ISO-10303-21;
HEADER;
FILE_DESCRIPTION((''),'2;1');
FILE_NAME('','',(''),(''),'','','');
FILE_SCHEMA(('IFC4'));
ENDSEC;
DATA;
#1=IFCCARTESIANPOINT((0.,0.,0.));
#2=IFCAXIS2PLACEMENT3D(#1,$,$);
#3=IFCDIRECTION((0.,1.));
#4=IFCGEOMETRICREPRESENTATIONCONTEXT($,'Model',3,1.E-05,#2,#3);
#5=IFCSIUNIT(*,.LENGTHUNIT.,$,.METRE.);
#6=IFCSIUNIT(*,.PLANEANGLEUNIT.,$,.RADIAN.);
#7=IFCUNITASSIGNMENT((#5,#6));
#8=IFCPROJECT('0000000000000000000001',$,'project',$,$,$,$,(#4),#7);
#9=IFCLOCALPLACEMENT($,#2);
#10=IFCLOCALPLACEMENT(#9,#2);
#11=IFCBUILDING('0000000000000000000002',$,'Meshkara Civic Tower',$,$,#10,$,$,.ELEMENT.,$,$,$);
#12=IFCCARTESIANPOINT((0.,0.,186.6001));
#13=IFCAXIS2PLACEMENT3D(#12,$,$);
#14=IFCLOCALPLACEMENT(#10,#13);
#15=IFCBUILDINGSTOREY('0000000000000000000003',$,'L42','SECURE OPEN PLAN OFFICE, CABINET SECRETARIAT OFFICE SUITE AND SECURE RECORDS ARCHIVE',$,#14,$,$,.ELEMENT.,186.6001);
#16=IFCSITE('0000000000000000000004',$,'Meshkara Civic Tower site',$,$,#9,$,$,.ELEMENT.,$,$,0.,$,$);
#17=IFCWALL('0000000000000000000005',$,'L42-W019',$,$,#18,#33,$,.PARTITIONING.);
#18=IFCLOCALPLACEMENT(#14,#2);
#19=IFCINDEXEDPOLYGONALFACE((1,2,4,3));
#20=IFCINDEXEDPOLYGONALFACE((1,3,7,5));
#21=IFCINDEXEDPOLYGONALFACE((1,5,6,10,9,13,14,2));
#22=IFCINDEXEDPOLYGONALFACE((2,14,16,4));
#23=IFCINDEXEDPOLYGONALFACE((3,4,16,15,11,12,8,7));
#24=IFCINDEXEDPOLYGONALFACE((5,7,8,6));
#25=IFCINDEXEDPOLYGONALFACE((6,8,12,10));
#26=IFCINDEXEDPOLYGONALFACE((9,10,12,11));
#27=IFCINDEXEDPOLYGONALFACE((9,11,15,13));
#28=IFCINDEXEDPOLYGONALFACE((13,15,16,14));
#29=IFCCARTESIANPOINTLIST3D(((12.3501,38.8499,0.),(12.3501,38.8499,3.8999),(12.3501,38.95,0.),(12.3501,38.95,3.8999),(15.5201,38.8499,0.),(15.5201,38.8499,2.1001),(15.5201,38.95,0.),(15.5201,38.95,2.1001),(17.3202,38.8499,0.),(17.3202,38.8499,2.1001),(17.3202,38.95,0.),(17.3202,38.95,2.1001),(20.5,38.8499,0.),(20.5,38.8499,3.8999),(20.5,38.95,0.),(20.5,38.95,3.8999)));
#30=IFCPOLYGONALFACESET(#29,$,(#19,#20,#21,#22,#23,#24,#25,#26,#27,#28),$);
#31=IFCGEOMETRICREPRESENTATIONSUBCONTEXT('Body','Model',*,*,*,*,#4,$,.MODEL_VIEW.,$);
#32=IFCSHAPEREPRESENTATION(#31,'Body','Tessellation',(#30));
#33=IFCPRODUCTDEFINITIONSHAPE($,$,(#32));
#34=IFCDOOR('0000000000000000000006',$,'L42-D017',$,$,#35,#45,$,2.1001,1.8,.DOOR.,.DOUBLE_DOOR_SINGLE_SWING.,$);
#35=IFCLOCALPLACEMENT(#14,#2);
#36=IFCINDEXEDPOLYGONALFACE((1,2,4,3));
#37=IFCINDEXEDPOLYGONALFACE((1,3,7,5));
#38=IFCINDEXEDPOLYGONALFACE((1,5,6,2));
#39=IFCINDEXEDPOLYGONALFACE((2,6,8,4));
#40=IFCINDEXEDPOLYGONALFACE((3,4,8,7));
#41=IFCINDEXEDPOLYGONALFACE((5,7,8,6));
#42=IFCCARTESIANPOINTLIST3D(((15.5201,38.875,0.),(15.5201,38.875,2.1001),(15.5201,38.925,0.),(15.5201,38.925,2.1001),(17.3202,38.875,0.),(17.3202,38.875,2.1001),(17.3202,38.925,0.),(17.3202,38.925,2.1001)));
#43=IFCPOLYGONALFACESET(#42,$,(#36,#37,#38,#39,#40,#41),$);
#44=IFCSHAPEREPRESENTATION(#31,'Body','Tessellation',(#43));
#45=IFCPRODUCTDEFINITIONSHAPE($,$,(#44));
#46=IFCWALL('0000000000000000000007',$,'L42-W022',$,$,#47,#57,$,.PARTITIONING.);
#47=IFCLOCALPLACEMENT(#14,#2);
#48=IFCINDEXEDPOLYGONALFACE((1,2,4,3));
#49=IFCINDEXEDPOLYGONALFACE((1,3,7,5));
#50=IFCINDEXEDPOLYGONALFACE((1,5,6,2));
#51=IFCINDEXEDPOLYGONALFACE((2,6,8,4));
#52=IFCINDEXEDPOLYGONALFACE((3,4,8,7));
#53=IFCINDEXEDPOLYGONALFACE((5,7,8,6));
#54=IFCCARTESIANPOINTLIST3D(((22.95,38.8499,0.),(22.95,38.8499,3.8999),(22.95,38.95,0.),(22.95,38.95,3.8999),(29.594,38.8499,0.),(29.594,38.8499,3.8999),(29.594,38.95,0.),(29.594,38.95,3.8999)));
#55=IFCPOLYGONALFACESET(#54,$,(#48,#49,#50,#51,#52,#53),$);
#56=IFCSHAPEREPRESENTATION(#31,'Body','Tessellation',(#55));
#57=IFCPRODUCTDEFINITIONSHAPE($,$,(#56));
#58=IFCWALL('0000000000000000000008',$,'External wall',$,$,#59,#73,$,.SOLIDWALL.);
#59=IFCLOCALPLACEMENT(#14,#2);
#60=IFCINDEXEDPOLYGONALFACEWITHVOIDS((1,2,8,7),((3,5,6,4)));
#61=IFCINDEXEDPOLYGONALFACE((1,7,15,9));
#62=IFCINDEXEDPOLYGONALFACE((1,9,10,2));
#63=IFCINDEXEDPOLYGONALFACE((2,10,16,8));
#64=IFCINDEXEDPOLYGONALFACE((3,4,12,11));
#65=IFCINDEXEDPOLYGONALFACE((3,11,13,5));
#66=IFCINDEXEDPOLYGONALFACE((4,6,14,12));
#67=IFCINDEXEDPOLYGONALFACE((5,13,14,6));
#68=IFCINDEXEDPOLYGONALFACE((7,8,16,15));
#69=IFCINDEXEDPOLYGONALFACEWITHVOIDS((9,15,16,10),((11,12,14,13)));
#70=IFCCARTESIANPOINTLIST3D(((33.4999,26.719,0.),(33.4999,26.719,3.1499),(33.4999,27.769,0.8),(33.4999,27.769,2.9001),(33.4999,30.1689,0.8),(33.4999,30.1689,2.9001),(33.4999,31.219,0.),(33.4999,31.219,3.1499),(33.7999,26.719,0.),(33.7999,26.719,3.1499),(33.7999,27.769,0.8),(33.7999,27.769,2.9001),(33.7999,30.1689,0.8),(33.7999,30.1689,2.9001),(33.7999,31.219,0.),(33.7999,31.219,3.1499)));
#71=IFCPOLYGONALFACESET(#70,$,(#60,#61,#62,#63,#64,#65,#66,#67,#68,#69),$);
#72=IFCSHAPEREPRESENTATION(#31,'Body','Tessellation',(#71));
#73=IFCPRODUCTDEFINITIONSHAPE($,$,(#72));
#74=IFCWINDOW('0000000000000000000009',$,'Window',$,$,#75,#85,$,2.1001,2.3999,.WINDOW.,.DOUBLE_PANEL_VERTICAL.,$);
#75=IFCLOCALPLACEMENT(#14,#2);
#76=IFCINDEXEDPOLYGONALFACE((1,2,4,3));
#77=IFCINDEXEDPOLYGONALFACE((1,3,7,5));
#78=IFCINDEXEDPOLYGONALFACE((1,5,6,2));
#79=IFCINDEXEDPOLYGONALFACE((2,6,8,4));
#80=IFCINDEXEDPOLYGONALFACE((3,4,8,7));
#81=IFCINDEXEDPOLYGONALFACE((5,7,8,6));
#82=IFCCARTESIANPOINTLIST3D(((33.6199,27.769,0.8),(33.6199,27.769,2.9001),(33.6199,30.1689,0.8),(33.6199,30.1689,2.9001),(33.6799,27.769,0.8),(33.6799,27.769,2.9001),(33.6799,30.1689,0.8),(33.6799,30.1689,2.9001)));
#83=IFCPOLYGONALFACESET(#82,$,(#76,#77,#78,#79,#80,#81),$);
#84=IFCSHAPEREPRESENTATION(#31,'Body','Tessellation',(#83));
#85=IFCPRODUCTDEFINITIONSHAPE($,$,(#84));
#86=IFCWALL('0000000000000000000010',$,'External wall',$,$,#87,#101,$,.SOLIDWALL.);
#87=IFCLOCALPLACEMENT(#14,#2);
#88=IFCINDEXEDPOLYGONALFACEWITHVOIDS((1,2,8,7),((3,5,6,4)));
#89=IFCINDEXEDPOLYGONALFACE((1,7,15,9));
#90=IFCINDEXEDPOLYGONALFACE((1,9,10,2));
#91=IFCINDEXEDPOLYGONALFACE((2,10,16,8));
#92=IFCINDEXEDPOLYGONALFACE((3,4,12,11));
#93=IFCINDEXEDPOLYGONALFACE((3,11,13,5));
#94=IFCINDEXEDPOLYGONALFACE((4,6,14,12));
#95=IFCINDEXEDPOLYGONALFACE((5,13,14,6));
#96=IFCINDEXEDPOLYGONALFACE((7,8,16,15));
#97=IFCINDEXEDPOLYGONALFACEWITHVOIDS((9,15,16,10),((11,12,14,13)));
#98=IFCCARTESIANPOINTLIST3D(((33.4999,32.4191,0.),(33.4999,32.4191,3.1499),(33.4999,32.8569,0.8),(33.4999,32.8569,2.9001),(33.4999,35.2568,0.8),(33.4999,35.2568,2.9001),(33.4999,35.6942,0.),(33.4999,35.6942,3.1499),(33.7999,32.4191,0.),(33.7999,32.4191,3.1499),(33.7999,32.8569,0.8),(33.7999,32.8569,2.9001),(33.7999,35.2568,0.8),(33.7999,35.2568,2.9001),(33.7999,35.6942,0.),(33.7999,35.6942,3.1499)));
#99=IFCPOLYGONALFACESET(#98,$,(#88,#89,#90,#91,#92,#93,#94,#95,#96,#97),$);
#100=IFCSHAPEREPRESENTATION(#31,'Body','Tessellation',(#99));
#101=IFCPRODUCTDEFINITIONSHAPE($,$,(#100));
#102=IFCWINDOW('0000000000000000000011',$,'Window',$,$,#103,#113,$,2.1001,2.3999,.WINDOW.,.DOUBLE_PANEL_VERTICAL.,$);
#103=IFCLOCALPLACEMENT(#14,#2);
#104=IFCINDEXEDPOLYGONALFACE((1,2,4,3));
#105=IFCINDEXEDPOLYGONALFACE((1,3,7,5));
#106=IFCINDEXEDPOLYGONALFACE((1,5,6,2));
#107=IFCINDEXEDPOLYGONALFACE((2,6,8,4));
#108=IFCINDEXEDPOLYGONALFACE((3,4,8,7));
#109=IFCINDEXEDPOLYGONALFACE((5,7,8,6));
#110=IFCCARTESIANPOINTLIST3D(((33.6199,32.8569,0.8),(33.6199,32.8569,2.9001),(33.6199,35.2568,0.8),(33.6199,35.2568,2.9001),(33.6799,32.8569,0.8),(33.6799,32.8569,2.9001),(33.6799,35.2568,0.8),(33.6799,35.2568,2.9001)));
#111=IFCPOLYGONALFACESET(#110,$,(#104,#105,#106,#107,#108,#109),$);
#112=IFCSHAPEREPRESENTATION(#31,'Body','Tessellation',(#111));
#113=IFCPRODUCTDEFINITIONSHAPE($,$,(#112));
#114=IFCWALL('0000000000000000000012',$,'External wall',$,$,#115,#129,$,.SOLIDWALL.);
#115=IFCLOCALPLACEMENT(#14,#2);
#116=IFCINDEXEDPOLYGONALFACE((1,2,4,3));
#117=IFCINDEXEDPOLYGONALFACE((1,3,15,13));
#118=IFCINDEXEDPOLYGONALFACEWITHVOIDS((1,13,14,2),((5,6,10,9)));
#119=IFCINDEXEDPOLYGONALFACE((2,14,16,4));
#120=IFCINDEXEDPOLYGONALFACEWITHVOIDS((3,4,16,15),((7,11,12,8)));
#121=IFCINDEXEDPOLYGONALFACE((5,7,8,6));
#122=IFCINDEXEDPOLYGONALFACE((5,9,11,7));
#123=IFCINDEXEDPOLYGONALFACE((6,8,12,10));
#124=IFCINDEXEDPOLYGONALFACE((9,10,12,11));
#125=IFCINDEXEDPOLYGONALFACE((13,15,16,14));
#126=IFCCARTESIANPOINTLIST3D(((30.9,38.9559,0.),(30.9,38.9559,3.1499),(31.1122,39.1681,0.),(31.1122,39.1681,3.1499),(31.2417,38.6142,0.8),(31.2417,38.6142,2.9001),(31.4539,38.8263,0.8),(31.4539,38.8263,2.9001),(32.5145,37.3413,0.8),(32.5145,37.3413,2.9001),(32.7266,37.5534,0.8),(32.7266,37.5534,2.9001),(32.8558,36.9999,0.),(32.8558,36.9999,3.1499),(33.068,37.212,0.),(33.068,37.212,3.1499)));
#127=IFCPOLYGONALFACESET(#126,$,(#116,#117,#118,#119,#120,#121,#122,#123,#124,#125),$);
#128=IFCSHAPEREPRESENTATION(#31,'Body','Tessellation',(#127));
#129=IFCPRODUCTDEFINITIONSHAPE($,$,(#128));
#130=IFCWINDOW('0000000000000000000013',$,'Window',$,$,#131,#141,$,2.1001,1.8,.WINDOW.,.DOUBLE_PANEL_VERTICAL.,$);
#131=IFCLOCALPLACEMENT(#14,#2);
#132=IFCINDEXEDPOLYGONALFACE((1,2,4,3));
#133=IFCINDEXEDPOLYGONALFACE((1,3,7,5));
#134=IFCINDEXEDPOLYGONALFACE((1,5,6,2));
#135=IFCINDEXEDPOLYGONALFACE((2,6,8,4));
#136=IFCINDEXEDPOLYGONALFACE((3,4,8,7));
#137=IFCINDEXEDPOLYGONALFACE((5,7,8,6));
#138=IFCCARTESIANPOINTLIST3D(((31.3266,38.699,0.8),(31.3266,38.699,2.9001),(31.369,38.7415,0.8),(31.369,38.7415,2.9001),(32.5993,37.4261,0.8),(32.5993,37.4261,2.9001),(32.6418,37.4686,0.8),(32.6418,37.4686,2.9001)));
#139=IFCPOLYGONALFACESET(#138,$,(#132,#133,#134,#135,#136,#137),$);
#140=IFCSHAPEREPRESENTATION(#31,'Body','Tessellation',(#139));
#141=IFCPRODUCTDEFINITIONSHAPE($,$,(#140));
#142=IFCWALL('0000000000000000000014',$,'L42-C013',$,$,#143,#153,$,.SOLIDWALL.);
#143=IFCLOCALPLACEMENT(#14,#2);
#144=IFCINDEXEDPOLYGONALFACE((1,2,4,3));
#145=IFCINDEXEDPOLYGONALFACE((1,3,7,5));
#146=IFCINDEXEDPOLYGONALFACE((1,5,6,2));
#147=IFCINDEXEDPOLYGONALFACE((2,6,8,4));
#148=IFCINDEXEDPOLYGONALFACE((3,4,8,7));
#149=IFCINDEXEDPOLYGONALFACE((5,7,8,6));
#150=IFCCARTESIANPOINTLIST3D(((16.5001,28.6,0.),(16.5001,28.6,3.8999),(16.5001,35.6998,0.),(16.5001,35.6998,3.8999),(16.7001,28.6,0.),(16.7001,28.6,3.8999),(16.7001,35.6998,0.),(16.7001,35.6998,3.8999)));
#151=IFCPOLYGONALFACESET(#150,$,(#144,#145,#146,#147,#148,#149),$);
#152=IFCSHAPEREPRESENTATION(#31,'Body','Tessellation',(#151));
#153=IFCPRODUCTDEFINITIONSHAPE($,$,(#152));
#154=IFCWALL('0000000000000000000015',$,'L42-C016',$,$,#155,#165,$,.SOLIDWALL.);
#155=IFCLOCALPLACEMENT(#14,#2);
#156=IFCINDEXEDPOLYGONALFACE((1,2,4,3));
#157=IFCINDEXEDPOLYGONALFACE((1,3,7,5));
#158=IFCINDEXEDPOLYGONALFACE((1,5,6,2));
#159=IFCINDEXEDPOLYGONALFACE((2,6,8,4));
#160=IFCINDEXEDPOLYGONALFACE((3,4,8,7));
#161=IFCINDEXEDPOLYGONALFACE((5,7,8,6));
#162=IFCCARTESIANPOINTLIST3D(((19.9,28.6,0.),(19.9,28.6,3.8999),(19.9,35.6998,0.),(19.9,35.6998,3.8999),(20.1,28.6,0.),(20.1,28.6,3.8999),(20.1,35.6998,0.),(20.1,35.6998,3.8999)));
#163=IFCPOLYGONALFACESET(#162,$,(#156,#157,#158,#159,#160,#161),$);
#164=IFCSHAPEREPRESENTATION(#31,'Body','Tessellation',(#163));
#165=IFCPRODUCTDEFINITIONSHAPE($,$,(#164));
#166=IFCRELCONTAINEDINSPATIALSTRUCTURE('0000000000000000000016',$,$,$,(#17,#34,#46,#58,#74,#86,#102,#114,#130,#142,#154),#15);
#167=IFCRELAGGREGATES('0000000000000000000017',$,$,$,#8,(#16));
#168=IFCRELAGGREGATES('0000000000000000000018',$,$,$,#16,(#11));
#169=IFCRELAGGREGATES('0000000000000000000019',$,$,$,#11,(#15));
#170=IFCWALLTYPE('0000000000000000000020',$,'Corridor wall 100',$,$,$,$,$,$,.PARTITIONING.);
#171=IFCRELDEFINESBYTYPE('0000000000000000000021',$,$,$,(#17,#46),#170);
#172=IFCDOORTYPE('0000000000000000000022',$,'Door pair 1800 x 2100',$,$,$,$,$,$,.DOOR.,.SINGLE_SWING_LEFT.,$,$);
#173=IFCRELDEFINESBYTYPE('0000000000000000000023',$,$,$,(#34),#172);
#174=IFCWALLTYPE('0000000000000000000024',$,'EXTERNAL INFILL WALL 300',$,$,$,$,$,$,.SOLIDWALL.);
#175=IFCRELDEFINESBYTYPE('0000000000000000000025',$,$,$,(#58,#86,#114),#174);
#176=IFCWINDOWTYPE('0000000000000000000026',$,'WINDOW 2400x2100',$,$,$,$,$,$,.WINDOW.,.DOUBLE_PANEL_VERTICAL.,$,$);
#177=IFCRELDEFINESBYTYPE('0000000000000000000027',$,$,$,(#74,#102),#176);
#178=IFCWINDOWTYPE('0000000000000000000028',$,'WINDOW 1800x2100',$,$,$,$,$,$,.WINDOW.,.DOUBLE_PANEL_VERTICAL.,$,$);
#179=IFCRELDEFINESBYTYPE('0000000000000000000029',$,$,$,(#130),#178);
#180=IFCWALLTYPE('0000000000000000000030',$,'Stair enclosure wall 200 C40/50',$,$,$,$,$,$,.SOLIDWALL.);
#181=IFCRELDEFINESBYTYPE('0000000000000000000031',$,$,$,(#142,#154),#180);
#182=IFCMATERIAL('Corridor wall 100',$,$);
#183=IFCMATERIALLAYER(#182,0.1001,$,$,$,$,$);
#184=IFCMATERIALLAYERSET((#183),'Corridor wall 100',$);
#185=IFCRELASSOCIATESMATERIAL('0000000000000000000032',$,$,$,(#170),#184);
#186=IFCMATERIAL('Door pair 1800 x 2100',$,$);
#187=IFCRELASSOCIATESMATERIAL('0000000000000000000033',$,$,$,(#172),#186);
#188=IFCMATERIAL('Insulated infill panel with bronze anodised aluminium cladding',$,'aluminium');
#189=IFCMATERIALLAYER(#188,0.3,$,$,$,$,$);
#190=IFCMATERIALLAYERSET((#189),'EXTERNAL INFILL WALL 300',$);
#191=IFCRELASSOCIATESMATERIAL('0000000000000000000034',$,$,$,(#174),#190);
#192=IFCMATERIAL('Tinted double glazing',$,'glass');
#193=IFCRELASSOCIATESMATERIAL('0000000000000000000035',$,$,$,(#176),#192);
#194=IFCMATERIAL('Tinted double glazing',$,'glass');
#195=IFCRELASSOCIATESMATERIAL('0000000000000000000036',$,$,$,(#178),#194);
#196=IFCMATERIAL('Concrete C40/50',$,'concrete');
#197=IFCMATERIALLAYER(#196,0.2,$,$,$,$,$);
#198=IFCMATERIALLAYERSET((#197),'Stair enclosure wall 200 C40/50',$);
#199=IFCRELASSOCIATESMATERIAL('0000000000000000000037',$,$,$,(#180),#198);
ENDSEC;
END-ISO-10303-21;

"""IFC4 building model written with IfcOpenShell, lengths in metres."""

from ifc_helpers import new_model, si_unit, direction, frame, frame_2d, origin, place, context, subcontext, project, spatial, rectangle, extrude, material, layer, layer_set, type_object, element, fill, save


model = new_model("IFC4")

# Units and contexts
model_context = context("Model", 3, precision=1e-05, world=origin(), true_north=direction((0.0, 1.0)))
body_context = subcontext(model_context, "Body", "Model", "MODEL_VIEW")
ifc_project = project(units=[si_unit("LENGTHUNIT", "METRE"), si_unit("PLANEANGLEUNIT", "RADIAN")], contexts=[model_context])

# Site, building, storey
site_placement = place(None, origin())
site = spatial("IfcSite", under=ifc_project, at=site_placement, Name="Meshkara Civic Tower site", CompositionType="ELEMENT", RefElevation=0.0)
building_placement = place(site_placement, origin())
building = spatial("IfcBuilding", under=site, at=building_placement, Name="Meshkara Civic Tower", CompositionType="ELEMENT")
storey_placement = place(building_placement, frame((0.0, 0.0, 186.6001)))
storey = spatial("IfcBuildingStorey", under=building, at=storey_placement, Name="L42", Description="SECURE OPEN PLAN OFFICE, CABINET SECRETARIAT OFFICE SUITE AND SECURE RECORDS ARCHIVE", CompositionType="ELEMENT", Elevation=186.6001)

# Wall, opening, door
ifc_material_1 = material(Name="Corridor wall 100")
ifc_layer_1 = layer(ifc_material_1, 0.1001)
ifc_layer_set_1 = layer_set([ifc_layer_1], Name="Corridor wall 100")
wall_type_1 = type_object("IfcWallType", Name="Corridor wall 100", PredefinedType="PARTITIONING", material=ifc_layer_set_1)
wall_1_placement = place(storey_placement, frame((20.5, 38.8999, 0.0), z_axis=(0.0, 0.0, 1.0), x_axis=(-1.0, 0.0, 0.0)))
wall_1 = element("IfcWall", 1, at=wall_1_placement, inside=storey, type_object=wall_type_1, Name="L42-W019", PredefinedType="PARTITIONING", context=body_context, shape_type="SweptSolid", body=[
    extrude(rectangle(XDim=8.1499, YDim=0.1001, at=frame_2d((4.075, 0.0))), origin(), (0.0, 0.0, 1.0), 3.8999),
])
opening_1_placement = place(wall_1_placement, frame((3.1799, 0.0, 0.0)))
opening_1 = element("IfcOpeningElement", 2, at=opening_1_placement, cuts=wall_1, PredefinedType="OPENING", context=body_context, shape_type="SweptSolid", body=[
    extrude(rectangle(XDim=1.8, YDim=2.1001, at=frame_2d((0.8999, 1.05))), frame((0.0, 0.0601, 0.0), z_axis=(0.0, -1.0, 0.0), x_axis=(1.0, 0.0, 0.0)), (0.0, 0.0, 1.0), 0.1201),
])
ifc_material_2 = material(Name="Door pair 1800 x 2100")
door_type_1 = type_object("IfcDoorType", Name="Door pair 1800 x 2100", OperationType="SINGLE_SWING_LEFT", PredefinedType="DOOR", material=ifc_material_2)
door_1_placement = place(opening_1_placement, origin())
door_1 = element("IfcDoor", 3, at=door_1_placement, inside=storey, type_object=door_type_1, Name="L42-D017", OperationType="DOUBLE_DOOR_SINGLE_SWING", OverallHeight=2.1001, OverallWidth=1.8, PredefinedType="DOOR", context=body_context, shape_type="SweptSolid", body=[
    extrude(rectangle(XDim=1.8, YDim=2.1001, at=frame_2d((0.8999, 1.05))), frame((0.0, 0.0249, 0.0), z_axis=(0.0, -1.0, 0.0), x_axis=(1.0, 0.0, 0.0)), (0.0, 0.0, 1.0), 0.05),
])
fill(opening_1, door_1)

# Wall
wall_2_placement = place(storey_placement, frame((29.594, 38.8999, 0.0), z_axis=(0.0, 0.0, 1.0), x_axis=(-1.0, 0.0, 0.0)))
element("IfcWall", 4, at=wall_2_placement, inside=storey, type_object=wall_type_1, Name="L42-W022", PredefinedType="PARTITIONING", context=body_context, shape_type="SweptSolid", body=[
    extrude(rectangle(XDim=6.644, YDim=0.1001, at=frame_2d((3.322, 0.0))), origin(), (0.0, 0.0, 1.0), 3.8999),
])

# Walls, openings, windows
ifc_material_3 = material(Name="Insulated infill panel with bronze anodised aluminium cladding", Category="aluminium")
ifc_layer_2 = layer(ifc_material_3, 0.3)
ifc_layer_set_2 = layer_set([ifc_layer_2], Name="EXTERNAL INFILL WALL 300")
wall_type_2 = type_object("IfcWallType", Name="EXTERNAL INFILL WALL 300", PredefinedType="SOLIDWALL", material=ifc_layer_set_2)
wall_3_placement = place(storey_placement, frame((33.6499, 26.719, 0.0), z_axis=(0.0, 0.0, 1.0), x_axis=(0.0, 1.0, 0.0)))
wall_3 = element("IfcWall", 5, at=wall_3_placement, inside=storey, type_object=wall_type_2, Name="External wall", PredefinedType="SOLIDWALL", context=body_context, shape_type="SweptSolid", body=[
    extrude(rectangle(XDim=4.5, YDim=0.3, at=frame_2d((2.25, 0.0))), origin(), (0.0, 0.0, 1.0), 3.1499),
])
opening_2_placement = place(wall_3_placement, frame((1.05, 0.0, 0.8)))
opening_2 = element("IfcOpeningElement", 6, at=opening_2_placement, cuts=wall_3, PredefinedType="OPENING", context=body_context, shape_type="SweptSolid", body=[
    extrude(rectangle(XDim=2.3999, YDim=2.1001, at=frame_2d((1.2, 1.05))), frame((0.0, 0.1599, 0.0), z_axis=(0.0, -1.0, 0.0), x_axis=(1.0, 0.0, 0.0)), (0.0, 0.0, 1.0), 0.3201),
])
ifc_material_4 = material(Name="Tinted double glazing", Category="glass")
window_type_1 = type_object("IfcWindowType", Name="WINDOW 2400x2100", PartitioningType="DOUBLE_PANEL_VERTICAL", PredefinedType="WINDOW", material=ifc_material_4)
window_1_placement = place(opening_2_placement, origin())
window_1 = element("IfcWindow", 7, at=window_1_placement, inside=storey, type_object=window_type_1, Name="Window", OverallHeight=2.1001, OverallWidth=2.3999, PartitioningType="DOUBLE_PANEL_VERTICAL", PredefinedType="WINDOW", context=body_context, shape_type="SweptSolid", body=[
    extrude(rectangle(XDim=2.3999, YDim=2.1001, at=frame_2d((1.2, 1.05))), frame((0.0, 0.03, 0.0), z_axis=(0.0, -1.0, 0.0), x_axis=(1.0, 0.0, 0.0)), (0.0, 0.0, 1.0), 0.0601),
])
fill(opening_2, window_1)
wall_4_placement = place(storey_placement, frame((33.6499, 32.4189, 0.0), z_axis=(0.0, 0.0, 1.0), x_axis=(0.0, 1.0, 0.0)))
wall_4 = element("IfcWall", 8, at=wall_4_placement, inside=storey, type_object=wall_type_2, Name="External wall", PredefinedType="SOLIDWALL", context=body_context, shape_type="SweptSolid", body=[
    extrude(rectangle(XDim=3.2751, YDim=0.3, at=frame_2d((1.6377, 0.0))), origin(), (0.0, 0.0, 1.0), 3.1499),
])
opening_3_placement = place(wall_4_placement, frame((0.438, 0.0, 0.8)))
opening_3 = element("IfcOpeningElement", 9, at=opening_3_placement, cuts=wall_4, PredefinedType="OPENING", context=body_context, shape_type="SweptSolid", body=[
    extrude(rectangle(XDim=2.3999, YDim=2.1001, at=frame_2d((1.2, 1.05))), frame((0.0, 0.1599, 0.0), z_axis=(0.0, -1.0, 0.0), x_axis=(1.0, 0.0, 0.0)), (0.0, 0.0, 1.0), 0.3201),
])
window_2_placement = place(opening_3_placement, origin())
window_2 = element("IfcWindow", 10, at=window_2_placement, inside=storey, type_object=window_type_1, Name="Window", OverallHeight=2.1001, OverallWidth=2.3999, PartitioningType="DOUBLE_PANEL_VERTICAL", PredefinedType="WINDOW", context=body_context, shape_type="SweptSolid", body=[
    extrude(rectangle(XDim=2.3999, YDim=2.1001, at=frame_2d((1.2, 1.05))), frame((0.0, 0.03, 0.0), z_axis=(0.0, -1.0, 0.0), x_axis=(1.0, 0.0, 0.0)), (0.0, 0.0, 1.0), 0.0601),
])
fill(opening_3, window_2)
wall_5_placement = place(storey_placement, frame((32.9619, 37.106, 0.0), z_axis=(0.0, 0.0, 1.0), x_axis=(-0.707063, 0.707151, 0.0)))
wall_5 = element("IfcWall", 11, at=wall_5_placement, inside=storey, type_object=wall_type_2, Name="External wall", PredefinedType="SOLIDWALL", context=body_context, shape_type="SweptSolid", body=[
    extrude(rectangle(XDim=2.7661, YDim=0.3, at=frame_2d((1.3831, 0.0))), origin(), (0.0, 0.0, 1.0), 3.1499),
])
opening_4_placement = place(wall_5_placement, frame((0.4829, 0.0, 0.8)))
opening_4 = element("IfcOpeningElement", 12, at=opening_4_placement, cuts=wall_5, PredefinedType="OPENING", context=body_context, shape_type="SweptSolid", body=[
    extrude(rectangle(XDim=1.8, YDim=2.1001, at=frame_2d((0.8999, 1.05))), frame((0.0, 0.1599, 0.0), z_axis=(0.0, -1.0, 0.0), x_axis=(1.0, 0.0, 0.0)), (0.0, 0.0, 1.0), 0.3201),
])
ifc_material_5 = material(Name="Tinted double glazing", Category="glass")
window_type_2 = type_object("IfcWindowType", Name="WINDOW 1800x2100", PartitioningType="DOUBLE_PANEL_VERTICAL", PredefinedType="WINDOW", material=ifc_material_5)
window_3_placement = place(opening_4_placement, origin())
window_3 = element("IfcWindow", 13, at=window_3_placement, inside=storey, type_object=window_type_2, Name="Window", OverallHeight=2.1001, OverallWidth=1.8, PartitioningType="DOUBLE_PANEL_VERTICAL", PredefinedType="WINDOW", context=body_context, shape_type="SweptSolid", body=[
    extrude(rectangle(XDim=1.8, YDim=2.1001, at=frame_2d((0.8999, 1.05))), frame((0.0, 0.03, 0.0), z_axis=(0.0, -1.0, 0.0), x_axis=(1.0, 0.0, 0.0)), (0.0, 0.0, 1.0), 0.0601),
])
fill(opening_4, window_3)

# Walls
ifc_material_6 = material(Name="Concrete C40/50", Category="concrete")
ifc_layer_3 = layer(ifc_material_6, 0.2)
ifc_layer_set_3 = layer_set([ifc_layer_3], Name="Stair enclosure wall 200 C40/50")
wall_type_3 = type_object("IfcWallType", Name="Stair enclosure wall 200 C40/50", PredefinedType="SOLIDWALL", material=ifc_layer_set_3)
for number, where, z_axis, x_axis, name in (
    (14, (16.6001, 28.6001, 0.0), (0.0, 0.0, 1.0), (0.0, 1.0, 0.0), "L42-C013"),
    (15, (20.0, 28.6001, 0.0), (0.0, 0.0, 1.0), (0.0, 1.0, 0.0), "L42-C016"),
):
    element("IfcWall", number, at=place(storey_placement, frame(where, z_axis=z_axis, x_axis=x_axis)), inside=storey, type_object=wall_type_3, Name=name, PredefinedType="SOLIDWALL", context=body_context, shape_type="SweptSolid", body=[
        extrude(rectangle(XDim=7.0999, YDim=0.2, at=frame_2d((3.5498, 0.0))), origin(), (0.0, 0.0, 1.0), 3.8999),
    ])

save(model, "model.ifc")
